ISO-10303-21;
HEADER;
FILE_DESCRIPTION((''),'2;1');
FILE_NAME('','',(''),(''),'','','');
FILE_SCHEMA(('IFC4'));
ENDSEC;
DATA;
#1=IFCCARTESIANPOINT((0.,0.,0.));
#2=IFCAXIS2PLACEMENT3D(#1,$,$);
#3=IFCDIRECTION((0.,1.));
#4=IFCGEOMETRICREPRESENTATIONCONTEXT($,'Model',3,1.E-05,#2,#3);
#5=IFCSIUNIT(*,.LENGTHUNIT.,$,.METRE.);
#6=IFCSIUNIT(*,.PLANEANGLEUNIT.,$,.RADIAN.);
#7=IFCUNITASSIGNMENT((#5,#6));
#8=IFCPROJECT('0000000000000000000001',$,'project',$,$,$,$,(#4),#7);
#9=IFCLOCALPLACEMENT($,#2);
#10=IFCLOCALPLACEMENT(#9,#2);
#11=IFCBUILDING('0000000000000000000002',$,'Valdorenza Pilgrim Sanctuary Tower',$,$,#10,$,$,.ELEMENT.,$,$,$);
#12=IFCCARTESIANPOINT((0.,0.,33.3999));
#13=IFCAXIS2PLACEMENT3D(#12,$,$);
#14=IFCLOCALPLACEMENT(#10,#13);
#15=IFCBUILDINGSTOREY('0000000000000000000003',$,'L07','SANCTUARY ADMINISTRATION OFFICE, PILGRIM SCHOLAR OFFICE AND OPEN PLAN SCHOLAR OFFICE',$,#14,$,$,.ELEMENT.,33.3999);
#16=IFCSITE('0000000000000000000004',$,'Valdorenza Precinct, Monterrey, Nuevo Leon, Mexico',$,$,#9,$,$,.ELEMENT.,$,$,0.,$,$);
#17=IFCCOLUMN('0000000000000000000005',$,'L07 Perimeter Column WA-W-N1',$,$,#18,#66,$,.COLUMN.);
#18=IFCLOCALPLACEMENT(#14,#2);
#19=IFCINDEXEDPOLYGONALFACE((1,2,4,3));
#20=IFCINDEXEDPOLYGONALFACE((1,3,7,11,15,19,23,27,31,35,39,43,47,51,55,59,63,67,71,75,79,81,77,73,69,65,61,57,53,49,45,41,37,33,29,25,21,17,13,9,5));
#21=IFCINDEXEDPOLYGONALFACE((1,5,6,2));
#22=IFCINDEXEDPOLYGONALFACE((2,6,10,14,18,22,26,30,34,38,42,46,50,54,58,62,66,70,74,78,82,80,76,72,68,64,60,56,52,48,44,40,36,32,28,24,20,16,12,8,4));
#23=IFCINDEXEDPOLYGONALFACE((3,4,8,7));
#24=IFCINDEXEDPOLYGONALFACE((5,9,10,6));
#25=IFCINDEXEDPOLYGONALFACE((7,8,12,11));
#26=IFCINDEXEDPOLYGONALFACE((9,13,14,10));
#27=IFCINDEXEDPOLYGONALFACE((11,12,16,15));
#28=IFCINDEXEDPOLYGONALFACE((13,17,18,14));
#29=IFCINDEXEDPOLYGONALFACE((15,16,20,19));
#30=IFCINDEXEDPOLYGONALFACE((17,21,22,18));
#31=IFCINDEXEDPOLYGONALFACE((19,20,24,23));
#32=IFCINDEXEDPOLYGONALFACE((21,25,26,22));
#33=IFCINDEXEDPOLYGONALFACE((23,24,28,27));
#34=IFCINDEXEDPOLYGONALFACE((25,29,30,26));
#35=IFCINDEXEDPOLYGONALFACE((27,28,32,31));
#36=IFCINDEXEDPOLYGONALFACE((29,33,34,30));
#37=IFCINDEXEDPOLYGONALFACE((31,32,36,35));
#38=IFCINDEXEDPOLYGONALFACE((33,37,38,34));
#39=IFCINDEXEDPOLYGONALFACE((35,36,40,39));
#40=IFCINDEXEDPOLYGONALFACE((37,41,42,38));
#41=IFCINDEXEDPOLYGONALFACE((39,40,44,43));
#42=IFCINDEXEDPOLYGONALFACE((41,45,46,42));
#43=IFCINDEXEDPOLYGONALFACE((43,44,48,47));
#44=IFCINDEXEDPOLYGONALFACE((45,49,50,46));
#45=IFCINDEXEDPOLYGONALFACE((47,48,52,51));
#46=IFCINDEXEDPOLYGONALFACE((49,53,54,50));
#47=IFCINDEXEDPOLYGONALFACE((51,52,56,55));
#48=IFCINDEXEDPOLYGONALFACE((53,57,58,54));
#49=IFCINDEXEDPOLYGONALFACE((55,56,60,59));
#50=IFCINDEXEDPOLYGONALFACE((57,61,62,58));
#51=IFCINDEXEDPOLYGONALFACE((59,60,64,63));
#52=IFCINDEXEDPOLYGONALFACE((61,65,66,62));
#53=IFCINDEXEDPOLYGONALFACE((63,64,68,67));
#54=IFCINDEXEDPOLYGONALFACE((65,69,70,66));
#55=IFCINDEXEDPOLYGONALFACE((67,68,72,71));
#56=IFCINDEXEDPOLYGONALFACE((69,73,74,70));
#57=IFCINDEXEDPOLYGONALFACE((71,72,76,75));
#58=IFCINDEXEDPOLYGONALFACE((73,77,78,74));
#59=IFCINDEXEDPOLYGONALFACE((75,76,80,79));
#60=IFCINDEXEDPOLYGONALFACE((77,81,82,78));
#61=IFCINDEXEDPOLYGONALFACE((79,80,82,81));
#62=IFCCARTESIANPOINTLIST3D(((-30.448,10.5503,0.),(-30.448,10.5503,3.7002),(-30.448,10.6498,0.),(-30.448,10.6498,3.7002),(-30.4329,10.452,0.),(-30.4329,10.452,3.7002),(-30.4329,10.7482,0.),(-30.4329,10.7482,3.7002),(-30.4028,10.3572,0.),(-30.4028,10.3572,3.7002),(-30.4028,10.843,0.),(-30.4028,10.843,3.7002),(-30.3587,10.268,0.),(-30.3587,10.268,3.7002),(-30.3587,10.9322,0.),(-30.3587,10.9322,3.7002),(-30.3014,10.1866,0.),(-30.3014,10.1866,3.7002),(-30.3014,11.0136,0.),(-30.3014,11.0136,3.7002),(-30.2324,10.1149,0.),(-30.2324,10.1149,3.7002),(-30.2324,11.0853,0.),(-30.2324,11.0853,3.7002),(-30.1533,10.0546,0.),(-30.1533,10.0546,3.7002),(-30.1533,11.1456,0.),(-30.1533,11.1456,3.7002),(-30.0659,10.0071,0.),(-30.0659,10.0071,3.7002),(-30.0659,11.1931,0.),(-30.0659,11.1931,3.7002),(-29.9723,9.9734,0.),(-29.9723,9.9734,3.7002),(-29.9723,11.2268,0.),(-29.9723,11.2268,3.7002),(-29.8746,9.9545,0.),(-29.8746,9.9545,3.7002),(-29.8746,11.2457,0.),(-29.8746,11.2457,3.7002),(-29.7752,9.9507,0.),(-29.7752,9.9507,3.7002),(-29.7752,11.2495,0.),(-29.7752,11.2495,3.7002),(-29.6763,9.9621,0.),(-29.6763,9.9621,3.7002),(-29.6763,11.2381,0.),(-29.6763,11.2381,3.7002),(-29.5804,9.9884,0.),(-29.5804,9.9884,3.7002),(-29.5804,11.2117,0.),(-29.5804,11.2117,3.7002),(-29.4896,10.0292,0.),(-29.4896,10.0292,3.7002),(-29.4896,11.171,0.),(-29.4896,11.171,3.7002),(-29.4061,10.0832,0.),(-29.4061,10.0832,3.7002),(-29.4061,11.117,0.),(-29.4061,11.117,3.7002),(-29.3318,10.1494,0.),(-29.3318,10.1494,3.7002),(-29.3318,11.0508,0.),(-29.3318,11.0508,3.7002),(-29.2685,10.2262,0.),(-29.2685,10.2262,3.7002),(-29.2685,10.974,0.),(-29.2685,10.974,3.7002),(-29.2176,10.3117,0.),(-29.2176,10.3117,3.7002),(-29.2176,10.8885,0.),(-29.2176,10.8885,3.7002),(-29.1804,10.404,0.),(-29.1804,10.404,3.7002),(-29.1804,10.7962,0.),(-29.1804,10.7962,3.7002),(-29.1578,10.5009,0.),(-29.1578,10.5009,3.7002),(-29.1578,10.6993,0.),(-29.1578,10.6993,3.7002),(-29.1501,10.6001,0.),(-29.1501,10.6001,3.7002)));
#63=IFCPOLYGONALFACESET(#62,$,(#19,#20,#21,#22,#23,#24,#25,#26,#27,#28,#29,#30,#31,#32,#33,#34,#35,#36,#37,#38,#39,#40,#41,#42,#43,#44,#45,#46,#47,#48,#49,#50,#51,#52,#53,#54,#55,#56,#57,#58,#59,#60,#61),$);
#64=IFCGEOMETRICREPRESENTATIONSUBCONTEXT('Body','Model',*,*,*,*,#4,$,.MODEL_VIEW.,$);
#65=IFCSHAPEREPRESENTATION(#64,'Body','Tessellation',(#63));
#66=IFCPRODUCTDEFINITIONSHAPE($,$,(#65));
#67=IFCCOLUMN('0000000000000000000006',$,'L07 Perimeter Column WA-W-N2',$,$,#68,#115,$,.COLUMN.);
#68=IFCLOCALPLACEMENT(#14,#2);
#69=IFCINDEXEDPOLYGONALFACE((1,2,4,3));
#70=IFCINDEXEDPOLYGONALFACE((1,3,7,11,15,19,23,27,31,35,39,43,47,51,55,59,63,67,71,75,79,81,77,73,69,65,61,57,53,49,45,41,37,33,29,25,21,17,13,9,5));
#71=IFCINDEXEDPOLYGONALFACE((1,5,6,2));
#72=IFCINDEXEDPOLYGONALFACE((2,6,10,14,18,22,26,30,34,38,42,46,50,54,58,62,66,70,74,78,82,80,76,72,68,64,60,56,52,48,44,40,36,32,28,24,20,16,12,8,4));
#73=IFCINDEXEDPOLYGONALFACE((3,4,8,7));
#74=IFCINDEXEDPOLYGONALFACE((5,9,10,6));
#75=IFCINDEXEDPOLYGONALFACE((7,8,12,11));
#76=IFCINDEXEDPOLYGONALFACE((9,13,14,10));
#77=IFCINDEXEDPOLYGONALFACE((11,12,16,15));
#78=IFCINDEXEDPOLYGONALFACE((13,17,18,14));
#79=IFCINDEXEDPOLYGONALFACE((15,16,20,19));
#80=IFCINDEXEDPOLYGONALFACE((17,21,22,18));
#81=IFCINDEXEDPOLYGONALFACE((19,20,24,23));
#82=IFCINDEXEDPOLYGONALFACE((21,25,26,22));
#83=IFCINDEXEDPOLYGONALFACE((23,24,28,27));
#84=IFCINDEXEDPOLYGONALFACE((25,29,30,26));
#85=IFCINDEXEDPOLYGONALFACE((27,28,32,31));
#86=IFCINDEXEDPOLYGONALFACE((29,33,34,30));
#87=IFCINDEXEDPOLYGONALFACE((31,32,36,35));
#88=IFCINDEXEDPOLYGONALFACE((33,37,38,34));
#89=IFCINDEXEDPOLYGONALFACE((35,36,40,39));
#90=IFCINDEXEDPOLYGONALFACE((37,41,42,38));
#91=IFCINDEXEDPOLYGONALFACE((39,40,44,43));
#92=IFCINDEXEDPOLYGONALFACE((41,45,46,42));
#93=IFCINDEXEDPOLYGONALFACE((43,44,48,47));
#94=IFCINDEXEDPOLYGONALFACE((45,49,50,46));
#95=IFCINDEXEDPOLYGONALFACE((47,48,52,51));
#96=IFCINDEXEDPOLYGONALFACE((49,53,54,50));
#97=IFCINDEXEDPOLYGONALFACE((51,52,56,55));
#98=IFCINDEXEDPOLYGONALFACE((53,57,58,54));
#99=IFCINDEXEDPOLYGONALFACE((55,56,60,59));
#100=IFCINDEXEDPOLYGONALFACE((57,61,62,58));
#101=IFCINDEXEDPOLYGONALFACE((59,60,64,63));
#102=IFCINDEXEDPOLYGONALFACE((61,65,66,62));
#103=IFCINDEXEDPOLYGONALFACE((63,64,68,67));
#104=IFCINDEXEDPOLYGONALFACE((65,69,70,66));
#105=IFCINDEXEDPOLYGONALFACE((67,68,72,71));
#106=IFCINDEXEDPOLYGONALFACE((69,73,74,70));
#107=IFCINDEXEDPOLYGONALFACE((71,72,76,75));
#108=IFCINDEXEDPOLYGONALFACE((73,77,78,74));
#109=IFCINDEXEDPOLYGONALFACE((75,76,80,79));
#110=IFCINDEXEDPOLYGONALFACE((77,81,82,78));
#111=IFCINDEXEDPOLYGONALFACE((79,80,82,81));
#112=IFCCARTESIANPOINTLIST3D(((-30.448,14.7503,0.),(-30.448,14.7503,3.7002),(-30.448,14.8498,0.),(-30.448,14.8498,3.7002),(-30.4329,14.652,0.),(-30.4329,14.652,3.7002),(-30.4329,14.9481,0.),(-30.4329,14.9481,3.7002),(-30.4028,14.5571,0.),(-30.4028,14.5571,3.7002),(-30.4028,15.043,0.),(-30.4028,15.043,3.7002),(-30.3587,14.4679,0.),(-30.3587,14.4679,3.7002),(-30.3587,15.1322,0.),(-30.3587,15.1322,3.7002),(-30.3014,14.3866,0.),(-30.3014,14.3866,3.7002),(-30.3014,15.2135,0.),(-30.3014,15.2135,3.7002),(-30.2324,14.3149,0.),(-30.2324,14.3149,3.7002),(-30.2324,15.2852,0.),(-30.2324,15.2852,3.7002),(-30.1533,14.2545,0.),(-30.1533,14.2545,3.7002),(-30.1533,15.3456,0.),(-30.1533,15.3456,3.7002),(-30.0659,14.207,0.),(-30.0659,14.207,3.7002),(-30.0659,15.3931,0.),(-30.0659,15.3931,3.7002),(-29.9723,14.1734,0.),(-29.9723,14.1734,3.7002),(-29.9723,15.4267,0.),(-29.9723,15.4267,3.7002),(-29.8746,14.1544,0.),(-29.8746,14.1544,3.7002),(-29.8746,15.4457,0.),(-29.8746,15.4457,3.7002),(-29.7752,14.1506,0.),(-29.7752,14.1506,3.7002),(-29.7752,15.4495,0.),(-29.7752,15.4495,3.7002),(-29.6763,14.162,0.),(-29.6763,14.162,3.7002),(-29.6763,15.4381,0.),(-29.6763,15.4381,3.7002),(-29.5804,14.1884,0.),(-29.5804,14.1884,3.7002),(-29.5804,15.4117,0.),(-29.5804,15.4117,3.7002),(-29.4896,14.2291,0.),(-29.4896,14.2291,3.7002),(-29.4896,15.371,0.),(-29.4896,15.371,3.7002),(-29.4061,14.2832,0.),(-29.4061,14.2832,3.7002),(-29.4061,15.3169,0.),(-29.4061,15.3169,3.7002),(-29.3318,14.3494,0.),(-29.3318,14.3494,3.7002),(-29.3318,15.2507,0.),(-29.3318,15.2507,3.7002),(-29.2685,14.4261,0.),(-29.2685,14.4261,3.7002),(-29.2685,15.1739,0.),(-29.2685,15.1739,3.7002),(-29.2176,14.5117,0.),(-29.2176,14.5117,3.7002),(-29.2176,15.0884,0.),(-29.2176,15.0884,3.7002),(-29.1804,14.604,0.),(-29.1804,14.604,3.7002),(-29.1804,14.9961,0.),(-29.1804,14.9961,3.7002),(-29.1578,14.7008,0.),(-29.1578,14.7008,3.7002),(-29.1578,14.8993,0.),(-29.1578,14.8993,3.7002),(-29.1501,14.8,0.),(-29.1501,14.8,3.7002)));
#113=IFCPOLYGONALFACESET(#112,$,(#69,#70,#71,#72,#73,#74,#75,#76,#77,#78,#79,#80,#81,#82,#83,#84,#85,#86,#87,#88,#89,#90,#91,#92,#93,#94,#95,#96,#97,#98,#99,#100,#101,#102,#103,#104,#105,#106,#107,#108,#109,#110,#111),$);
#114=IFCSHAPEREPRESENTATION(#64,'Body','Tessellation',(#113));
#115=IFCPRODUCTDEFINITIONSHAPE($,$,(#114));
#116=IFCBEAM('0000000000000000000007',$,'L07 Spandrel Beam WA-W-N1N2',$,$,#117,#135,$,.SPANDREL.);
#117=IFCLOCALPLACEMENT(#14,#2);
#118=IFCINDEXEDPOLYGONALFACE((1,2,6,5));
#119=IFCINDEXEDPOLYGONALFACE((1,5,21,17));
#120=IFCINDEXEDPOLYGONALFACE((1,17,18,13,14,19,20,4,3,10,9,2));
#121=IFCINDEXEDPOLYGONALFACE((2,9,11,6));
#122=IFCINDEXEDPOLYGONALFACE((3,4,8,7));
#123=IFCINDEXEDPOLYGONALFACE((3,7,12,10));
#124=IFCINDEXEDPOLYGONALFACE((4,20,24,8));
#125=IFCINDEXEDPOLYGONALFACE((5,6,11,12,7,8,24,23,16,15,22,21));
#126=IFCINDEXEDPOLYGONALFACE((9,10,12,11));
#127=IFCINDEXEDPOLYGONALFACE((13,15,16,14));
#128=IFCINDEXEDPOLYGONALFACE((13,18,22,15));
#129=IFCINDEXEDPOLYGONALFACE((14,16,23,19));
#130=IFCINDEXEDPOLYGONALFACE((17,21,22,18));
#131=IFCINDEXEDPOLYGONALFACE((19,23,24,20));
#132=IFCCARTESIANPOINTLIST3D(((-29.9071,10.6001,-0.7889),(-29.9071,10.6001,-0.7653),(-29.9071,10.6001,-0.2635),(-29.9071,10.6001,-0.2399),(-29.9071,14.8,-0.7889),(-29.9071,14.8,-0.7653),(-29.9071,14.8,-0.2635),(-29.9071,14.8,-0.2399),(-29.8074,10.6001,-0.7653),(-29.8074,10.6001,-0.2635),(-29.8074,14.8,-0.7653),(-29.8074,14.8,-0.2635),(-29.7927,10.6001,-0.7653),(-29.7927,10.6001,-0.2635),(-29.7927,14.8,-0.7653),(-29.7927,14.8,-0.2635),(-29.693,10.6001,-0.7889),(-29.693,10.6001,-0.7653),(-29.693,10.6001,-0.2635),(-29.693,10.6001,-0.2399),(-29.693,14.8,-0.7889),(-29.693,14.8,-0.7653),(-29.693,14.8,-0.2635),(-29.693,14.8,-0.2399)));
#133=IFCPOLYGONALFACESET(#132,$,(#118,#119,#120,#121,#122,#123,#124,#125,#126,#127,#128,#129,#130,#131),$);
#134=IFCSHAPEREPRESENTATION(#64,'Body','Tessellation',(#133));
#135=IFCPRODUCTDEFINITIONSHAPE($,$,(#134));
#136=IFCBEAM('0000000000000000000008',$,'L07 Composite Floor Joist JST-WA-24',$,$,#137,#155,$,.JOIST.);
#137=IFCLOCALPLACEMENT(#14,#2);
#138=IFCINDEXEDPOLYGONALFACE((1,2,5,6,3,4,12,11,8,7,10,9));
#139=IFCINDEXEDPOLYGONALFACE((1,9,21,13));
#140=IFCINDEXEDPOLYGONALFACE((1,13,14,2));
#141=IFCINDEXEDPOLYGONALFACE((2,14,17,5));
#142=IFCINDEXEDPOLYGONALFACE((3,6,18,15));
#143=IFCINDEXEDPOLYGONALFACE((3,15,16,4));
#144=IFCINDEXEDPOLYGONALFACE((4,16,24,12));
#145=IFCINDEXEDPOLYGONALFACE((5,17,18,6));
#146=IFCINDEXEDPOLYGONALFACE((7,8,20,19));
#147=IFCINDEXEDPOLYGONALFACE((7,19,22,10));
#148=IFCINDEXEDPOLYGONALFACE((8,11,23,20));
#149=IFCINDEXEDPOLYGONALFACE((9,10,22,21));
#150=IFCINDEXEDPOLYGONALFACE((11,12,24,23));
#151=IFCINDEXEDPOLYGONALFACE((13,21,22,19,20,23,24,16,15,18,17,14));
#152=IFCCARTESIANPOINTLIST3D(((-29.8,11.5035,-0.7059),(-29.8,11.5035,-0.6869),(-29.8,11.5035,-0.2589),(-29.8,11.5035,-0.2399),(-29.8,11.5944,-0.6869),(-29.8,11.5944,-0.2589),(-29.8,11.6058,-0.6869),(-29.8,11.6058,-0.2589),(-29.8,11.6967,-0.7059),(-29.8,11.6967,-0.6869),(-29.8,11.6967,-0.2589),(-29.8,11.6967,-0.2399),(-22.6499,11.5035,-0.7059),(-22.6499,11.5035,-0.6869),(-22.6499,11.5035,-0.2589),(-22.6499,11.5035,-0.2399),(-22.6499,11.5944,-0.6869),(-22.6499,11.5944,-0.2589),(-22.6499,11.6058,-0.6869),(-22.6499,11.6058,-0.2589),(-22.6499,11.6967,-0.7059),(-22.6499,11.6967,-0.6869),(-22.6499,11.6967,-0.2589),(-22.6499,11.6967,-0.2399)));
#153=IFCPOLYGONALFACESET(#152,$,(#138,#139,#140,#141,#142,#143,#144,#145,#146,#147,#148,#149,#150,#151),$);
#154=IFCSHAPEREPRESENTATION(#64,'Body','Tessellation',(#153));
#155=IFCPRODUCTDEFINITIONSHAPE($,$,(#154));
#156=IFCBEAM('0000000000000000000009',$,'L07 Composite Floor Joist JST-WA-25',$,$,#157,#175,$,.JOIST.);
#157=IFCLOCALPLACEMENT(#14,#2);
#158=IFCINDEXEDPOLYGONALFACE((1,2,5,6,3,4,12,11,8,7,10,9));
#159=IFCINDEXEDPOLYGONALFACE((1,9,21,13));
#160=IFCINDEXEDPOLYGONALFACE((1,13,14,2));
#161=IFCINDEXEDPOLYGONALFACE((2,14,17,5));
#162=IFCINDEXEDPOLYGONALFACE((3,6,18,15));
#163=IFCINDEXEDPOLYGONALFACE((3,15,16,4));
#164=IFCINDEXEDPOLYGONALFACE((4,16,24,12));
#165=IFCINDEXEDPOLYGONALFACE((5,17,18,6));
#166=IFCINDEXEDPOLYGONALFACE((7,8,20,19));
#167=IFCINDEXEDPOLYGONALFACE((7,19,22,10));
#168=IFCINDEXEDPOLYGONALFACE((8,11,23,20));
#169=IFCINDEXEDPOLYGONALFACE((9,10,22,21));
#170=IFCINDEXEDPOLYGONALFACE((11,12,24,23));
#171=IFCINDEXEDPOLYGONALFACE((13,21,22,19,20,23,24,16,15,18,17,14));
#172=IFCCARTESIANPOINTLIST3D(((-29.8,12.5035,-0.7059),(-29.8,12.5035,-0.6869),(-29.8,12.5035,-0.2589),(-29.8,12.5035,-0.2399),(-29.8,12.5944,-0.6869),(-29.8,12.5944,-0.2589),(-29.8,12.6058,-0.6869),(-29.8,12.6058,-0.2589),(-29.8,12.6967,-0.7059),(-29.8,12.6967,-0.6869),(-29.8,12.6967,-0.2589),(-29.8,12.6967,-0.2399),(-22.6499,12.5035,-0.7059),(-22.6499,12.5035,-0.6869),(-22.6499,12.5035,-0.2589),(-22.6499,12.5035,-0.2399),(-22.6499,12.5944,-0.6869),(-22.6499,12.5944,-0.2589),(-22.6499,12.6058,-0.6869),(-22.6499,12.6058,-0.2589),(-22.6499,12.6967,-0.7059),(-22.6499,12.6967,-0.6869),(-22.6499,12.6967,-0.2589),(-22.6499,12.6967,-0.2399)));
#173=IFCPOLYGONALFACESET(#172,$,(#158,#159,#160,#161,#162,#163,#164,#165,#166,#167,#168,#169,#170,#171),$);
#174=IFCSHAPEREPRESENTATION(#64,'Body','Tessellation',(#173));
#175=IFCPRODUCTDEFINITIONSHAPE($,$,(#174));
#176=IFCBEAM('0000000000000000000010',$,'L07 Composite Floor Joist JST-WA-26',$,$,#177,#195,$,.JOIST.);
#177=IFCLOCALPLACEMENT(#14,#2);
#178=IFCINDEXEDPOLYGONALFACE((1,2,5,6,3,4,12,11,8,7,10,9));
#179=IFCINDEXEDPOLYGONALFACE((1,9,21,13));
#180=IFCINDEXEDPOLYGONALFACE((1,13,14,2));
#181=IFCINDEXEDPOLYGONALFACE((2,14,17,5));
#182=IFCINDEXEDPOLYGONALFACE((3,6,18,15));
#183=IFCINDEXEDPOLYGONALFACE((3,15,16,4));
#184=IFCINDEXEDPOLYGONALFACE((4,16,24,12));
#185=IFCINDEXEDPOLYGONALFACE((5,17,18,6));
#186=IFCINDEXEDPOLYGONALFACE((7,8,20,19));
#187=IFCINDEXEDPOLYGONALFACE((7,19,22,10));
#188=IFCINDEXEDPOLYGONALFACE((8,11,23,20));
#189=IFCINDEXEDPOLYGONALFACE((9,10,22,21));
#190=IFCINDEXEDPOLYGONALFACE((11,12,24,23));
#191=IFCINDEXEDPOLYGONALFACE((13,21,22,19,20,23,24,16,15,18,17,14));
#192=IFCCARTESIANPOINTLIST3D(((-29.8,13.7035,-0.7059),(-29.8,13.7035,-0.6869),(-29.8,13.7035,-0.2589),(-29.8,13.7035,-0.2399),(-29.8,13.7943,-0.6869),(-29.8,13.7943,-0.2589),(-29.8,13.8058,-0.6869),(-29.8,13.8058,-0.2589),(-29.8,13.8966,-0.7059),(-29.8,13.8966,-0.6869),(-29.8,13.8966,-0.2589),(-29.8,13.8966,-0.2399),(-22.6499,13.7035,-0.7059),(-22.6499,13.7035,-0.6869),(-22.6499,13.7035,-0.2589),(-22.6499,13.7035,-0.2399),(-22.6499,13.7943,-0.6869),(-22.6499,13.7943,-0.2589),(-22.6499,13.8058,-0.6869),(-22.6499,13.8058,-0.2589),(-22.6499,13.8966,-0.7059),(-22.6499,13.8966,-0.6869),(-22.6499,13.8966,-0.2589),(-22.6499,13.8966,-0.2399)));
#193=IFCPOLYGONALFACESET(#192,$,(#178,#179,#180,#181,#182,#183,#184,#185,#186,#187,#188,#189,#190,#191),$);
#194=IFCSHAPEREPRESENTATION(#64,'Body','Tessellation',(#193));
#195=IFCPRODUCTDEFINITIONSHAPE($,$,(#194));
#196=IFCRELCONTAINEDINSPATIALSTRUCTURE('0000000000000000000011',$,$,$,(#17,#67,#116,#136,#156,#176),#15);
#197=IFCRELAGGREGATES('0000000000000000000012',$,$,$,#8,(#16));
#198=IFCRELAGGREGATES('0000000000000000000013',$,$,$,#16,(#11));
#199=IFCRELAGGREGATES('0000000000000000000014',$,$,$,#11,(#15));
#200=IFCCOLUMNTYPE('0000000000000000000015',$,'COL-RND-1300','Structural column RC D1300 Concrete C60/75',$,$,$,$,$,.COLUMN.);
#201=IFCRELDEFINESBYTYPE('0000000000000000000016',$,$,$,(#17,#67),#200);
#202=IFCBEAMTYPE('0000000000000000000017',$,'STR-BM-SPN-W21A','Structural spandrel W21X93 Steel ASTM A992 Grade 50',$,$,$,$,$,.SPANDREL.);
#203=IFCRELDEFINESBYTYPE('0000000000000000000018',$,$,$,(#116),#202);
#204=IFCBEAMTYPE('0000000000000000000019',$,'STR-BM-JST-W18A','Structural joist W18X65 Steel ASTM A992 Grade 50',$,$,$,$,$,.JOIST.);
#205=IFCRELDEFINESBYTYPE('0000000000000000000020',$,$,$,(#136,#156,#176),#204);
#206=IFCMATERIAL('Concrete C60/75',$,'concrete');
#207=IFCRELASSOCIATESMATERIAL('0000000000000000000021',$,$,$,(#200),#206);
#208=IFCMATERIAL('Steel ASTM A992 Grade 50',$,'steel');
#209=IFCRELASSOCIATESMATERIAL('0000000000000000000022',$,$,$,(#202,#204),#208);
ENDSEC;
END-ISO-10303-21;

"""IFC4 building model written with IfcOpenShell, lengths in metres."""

from ifc_helpers import new_model, si_unit, direction, frame, origin, origin_2d, place, context, subcontext, project, spatial, circle, i_section, extrude, source, transform, mapped, material, material_profile, profile_set, type_object, element, save


model = new_model("IFC4")

# Units and contexts
model_context = context("Model", 3, precision=1e-05, world=origin(), true_north=direction((0.0, 1.0)))
body_context = subcontext(model_context, "Body", "Model", "MODEL_VIEW")
ifc_project = project(units=[si_unit("LENGTHUNIT", "METRE"), si_unit("PLANEANGLEUNIT", "RADIAN")], contexts=[model_context])

# Site, building, storey
site_placement = place(None, origin())
site = spatial("IfcSite", under=ifc_project, at=site_placement, Name="Valdorenza Precinct, Monterrey, Nuevo Leon, Mexico", CompositionType="ELEMENT", RefElevation=0.0)
building_placement = place(site_placement, origin())
building = spatial("IfcBuilding", under=site, at=building_placement, Name="Valdorenza Pilgrim Sanctuary Tower", CompositionType="ELEMENT")
storey_placement = place(building_placement, frame((0.0, 0.0, 33.3999)))
storey = spatial("IfcBuildingStorey", under=building, at=storey_placement, Name="L07", Description="SANCTUARY ADMINISTRATION OFFICE, PILGRIM SCHOLAR OFFICE AND OPEN PLAN SCHOLAR OFFICE", CompositionType="ELEMENT", Elevation=33.3999)

# Columns
ifc_material_1 = material(Name="Concrete C60/75", Category="concrete")
ifc_material_profile_1 = material_profile(ifc_material_1, circle(Radius=0.6499, at=origin_2d()), Name="RC D1300")
ifc_profile_set_1 = profile_set([ifc_material_profile_1], Name="Concrete C60/75")
column_type = type_object("IfcColumnType", Name="COL-RND-1300", Description="Structural column RC D1300 Concrete C60/75", PredefinedType="COLUMN", material=ifc_profile_set_1)
shared_shape_1 = source(origin(), body_context, "Body", "SweptSolid", [
    extrude(circle(Radius=0.6499, at=origin_2d()), origin(), (0.0, 0.0, 1.0), 3.7002),
])
for number, where, z_axis, x_axis, name in (
    (1, (-29.8, 10.6001, 0.0), (0.0, 0.0, 1.0), (1.0, 0.0, 0.0), "L07 Perimeter Column WA-W-N1"),
    (2, (-29.8, 14.8, 0.0), (0.0, 0.0, 1.0), (1.0, 0.0, 0.0), "L07 Perimeter Column WA-W-N2"),
):
    element("IfcColumn", number, at=place(storey_placement, frame(where, z_axis=z_axis, x_axis=x_axis)), inside=storey, type_object=column_type, Name=name, PredefinedType="COLUMN", context=body_context, shape_type="MappedRepresentation", body=[
        mapped(shared_shape_1, transform((0.0, 0.0, 0.0), x_axis=(1.0, 0.0, 0.0), y_axis=(0.0, 1.0, 0.0), z_axis=(0.0, 0.0, 1.0), scale=1.0)),
    ])

# Beams
ifc_material_2 = material(Name="Steel ASTM A992 Grade 50", Category="steel")
ifc_material_profile_2 = material_profile(ifc_material_2, i_section(OverallWidth=0.2141, OverallDepth=0.5491, WebThickness=0.0146, FlangeThickness=0.0237, at=origin_2d()), Name="W21X93")
ifc_profile_set_2 = profile_set([ifc_material_profile_2], Name="Steel ASTM A992 Grade 50")
beam_type_1 = type_object("IfcBeamType", Name="STR-BM-SPN-W21A", Description="Structural spandrel W21X93 Steel ASTM A992 Grade 50", PredefinedType="SPANDREL", material=ifc_profile_set_2)
shared_shape_2 = source(origin(), body_context, "Body", "SweptSolid", [
    extrude(i_section(OverallWidth=0.2141, OverallDepth=0.5491, WebThickness=0.0146, FlangeThickness=0.0237, at=origin_2d()), origin(), (0.0, 0.0, 1.0), 4.2),
])
beam_1_placement = place(storey_placement, frame((-29.8, 10.6001, -0.5144), z_axis=(0.0, 1.0, 0.0), x_axis=(-1.0, 0.0, 0.0)))
element("IfcBeam", 3, at=beam_1_placement, inside=storey, type_object=beam_type_1, Name="L07 Spandrel Beam WA-W-N1N2", PredefinedType="SPANDREL", context=body_context, shape_type="MappedRepresentation", body=[
    mapped(shared_shape_2, transform((0.0, 0.0, 0.0), x_axis=(1.0, 0.0, 0.0), y_axis=(0.0, 1.0, 0.0), z_axis=(0.0, 0.0, 1.0), scale=1.0)),
])
ifc_material_profile_3 = material_profile(ifc_material_2, i_section(OverallWidth=0.1931, OverallDepth=0.4661, WebThickness=0.0115, FlangeThickness=0.019, at=origin_2d()), Name="W18X65")
ifc_profile_set_3 = profile_set([ifc_material_profile_3], Name="Steel ASTM A992 Grade 50")
beam_type_2 = type_object("IfcBeamType", Name="STR-BM-JST-W18A", Description="Structural joist W18X65 Steel ASTM A992 Grade 50", PredefinedType="JOIST", material=ifc_profile_set_3)
shared_shape_3 = source(origin(), body_context, "Body", "SweptSolid", [
    extrude(i_section(OverallWidth=0.1931, OverallDepth=0.4661, WebThickness=0.0115, FlangeThickness=0.019, at=origin_2d()), origin(), (0.0, 0.0, 1.0), 7.1501),
])
for number, where, z_axis, x_axis, name in (
    (4, (-29.8, 11.6001, -0.4729), (1.0, 0.0, 0.0), (0.0, 1.0, 0.0), "L07 Composite Floor Joist JST-WA-24"),
    (5, (-29.8, 12.6001, -0.4729), (1.0, 0.0, 0.0), (0.0, 1.0, 0.0), "L07 Composite Floor Joist JST-WA-25"),
    (6, (-29.8, 13.8, -0.4729), (1.0, 0.0, 0.0), (0.0, 1.0, 0.0), "L07 Composite Floor Joist JST-WA-26"),
):
    element("IfcBeam", number, at=place(storey_placement, frame(where, z_axis=z_axis, x_axis=x_axis)), inside=storey, type_object=beam_type_2, Name=name, PredefinedType="JOIST", context=body_context, shape_type="MappedRepresentation", body=[
        mapped(shared_shape_3, transform((0.0, 0.0, 0.0), x_axis=(1.0, 0.0, 0.0), y_axis=(0.0, 1.0, 0.0), z_axis=(0.0, 0.0, 1.0), scale=1.0)),
    ])

save(model, "model.ifc")
